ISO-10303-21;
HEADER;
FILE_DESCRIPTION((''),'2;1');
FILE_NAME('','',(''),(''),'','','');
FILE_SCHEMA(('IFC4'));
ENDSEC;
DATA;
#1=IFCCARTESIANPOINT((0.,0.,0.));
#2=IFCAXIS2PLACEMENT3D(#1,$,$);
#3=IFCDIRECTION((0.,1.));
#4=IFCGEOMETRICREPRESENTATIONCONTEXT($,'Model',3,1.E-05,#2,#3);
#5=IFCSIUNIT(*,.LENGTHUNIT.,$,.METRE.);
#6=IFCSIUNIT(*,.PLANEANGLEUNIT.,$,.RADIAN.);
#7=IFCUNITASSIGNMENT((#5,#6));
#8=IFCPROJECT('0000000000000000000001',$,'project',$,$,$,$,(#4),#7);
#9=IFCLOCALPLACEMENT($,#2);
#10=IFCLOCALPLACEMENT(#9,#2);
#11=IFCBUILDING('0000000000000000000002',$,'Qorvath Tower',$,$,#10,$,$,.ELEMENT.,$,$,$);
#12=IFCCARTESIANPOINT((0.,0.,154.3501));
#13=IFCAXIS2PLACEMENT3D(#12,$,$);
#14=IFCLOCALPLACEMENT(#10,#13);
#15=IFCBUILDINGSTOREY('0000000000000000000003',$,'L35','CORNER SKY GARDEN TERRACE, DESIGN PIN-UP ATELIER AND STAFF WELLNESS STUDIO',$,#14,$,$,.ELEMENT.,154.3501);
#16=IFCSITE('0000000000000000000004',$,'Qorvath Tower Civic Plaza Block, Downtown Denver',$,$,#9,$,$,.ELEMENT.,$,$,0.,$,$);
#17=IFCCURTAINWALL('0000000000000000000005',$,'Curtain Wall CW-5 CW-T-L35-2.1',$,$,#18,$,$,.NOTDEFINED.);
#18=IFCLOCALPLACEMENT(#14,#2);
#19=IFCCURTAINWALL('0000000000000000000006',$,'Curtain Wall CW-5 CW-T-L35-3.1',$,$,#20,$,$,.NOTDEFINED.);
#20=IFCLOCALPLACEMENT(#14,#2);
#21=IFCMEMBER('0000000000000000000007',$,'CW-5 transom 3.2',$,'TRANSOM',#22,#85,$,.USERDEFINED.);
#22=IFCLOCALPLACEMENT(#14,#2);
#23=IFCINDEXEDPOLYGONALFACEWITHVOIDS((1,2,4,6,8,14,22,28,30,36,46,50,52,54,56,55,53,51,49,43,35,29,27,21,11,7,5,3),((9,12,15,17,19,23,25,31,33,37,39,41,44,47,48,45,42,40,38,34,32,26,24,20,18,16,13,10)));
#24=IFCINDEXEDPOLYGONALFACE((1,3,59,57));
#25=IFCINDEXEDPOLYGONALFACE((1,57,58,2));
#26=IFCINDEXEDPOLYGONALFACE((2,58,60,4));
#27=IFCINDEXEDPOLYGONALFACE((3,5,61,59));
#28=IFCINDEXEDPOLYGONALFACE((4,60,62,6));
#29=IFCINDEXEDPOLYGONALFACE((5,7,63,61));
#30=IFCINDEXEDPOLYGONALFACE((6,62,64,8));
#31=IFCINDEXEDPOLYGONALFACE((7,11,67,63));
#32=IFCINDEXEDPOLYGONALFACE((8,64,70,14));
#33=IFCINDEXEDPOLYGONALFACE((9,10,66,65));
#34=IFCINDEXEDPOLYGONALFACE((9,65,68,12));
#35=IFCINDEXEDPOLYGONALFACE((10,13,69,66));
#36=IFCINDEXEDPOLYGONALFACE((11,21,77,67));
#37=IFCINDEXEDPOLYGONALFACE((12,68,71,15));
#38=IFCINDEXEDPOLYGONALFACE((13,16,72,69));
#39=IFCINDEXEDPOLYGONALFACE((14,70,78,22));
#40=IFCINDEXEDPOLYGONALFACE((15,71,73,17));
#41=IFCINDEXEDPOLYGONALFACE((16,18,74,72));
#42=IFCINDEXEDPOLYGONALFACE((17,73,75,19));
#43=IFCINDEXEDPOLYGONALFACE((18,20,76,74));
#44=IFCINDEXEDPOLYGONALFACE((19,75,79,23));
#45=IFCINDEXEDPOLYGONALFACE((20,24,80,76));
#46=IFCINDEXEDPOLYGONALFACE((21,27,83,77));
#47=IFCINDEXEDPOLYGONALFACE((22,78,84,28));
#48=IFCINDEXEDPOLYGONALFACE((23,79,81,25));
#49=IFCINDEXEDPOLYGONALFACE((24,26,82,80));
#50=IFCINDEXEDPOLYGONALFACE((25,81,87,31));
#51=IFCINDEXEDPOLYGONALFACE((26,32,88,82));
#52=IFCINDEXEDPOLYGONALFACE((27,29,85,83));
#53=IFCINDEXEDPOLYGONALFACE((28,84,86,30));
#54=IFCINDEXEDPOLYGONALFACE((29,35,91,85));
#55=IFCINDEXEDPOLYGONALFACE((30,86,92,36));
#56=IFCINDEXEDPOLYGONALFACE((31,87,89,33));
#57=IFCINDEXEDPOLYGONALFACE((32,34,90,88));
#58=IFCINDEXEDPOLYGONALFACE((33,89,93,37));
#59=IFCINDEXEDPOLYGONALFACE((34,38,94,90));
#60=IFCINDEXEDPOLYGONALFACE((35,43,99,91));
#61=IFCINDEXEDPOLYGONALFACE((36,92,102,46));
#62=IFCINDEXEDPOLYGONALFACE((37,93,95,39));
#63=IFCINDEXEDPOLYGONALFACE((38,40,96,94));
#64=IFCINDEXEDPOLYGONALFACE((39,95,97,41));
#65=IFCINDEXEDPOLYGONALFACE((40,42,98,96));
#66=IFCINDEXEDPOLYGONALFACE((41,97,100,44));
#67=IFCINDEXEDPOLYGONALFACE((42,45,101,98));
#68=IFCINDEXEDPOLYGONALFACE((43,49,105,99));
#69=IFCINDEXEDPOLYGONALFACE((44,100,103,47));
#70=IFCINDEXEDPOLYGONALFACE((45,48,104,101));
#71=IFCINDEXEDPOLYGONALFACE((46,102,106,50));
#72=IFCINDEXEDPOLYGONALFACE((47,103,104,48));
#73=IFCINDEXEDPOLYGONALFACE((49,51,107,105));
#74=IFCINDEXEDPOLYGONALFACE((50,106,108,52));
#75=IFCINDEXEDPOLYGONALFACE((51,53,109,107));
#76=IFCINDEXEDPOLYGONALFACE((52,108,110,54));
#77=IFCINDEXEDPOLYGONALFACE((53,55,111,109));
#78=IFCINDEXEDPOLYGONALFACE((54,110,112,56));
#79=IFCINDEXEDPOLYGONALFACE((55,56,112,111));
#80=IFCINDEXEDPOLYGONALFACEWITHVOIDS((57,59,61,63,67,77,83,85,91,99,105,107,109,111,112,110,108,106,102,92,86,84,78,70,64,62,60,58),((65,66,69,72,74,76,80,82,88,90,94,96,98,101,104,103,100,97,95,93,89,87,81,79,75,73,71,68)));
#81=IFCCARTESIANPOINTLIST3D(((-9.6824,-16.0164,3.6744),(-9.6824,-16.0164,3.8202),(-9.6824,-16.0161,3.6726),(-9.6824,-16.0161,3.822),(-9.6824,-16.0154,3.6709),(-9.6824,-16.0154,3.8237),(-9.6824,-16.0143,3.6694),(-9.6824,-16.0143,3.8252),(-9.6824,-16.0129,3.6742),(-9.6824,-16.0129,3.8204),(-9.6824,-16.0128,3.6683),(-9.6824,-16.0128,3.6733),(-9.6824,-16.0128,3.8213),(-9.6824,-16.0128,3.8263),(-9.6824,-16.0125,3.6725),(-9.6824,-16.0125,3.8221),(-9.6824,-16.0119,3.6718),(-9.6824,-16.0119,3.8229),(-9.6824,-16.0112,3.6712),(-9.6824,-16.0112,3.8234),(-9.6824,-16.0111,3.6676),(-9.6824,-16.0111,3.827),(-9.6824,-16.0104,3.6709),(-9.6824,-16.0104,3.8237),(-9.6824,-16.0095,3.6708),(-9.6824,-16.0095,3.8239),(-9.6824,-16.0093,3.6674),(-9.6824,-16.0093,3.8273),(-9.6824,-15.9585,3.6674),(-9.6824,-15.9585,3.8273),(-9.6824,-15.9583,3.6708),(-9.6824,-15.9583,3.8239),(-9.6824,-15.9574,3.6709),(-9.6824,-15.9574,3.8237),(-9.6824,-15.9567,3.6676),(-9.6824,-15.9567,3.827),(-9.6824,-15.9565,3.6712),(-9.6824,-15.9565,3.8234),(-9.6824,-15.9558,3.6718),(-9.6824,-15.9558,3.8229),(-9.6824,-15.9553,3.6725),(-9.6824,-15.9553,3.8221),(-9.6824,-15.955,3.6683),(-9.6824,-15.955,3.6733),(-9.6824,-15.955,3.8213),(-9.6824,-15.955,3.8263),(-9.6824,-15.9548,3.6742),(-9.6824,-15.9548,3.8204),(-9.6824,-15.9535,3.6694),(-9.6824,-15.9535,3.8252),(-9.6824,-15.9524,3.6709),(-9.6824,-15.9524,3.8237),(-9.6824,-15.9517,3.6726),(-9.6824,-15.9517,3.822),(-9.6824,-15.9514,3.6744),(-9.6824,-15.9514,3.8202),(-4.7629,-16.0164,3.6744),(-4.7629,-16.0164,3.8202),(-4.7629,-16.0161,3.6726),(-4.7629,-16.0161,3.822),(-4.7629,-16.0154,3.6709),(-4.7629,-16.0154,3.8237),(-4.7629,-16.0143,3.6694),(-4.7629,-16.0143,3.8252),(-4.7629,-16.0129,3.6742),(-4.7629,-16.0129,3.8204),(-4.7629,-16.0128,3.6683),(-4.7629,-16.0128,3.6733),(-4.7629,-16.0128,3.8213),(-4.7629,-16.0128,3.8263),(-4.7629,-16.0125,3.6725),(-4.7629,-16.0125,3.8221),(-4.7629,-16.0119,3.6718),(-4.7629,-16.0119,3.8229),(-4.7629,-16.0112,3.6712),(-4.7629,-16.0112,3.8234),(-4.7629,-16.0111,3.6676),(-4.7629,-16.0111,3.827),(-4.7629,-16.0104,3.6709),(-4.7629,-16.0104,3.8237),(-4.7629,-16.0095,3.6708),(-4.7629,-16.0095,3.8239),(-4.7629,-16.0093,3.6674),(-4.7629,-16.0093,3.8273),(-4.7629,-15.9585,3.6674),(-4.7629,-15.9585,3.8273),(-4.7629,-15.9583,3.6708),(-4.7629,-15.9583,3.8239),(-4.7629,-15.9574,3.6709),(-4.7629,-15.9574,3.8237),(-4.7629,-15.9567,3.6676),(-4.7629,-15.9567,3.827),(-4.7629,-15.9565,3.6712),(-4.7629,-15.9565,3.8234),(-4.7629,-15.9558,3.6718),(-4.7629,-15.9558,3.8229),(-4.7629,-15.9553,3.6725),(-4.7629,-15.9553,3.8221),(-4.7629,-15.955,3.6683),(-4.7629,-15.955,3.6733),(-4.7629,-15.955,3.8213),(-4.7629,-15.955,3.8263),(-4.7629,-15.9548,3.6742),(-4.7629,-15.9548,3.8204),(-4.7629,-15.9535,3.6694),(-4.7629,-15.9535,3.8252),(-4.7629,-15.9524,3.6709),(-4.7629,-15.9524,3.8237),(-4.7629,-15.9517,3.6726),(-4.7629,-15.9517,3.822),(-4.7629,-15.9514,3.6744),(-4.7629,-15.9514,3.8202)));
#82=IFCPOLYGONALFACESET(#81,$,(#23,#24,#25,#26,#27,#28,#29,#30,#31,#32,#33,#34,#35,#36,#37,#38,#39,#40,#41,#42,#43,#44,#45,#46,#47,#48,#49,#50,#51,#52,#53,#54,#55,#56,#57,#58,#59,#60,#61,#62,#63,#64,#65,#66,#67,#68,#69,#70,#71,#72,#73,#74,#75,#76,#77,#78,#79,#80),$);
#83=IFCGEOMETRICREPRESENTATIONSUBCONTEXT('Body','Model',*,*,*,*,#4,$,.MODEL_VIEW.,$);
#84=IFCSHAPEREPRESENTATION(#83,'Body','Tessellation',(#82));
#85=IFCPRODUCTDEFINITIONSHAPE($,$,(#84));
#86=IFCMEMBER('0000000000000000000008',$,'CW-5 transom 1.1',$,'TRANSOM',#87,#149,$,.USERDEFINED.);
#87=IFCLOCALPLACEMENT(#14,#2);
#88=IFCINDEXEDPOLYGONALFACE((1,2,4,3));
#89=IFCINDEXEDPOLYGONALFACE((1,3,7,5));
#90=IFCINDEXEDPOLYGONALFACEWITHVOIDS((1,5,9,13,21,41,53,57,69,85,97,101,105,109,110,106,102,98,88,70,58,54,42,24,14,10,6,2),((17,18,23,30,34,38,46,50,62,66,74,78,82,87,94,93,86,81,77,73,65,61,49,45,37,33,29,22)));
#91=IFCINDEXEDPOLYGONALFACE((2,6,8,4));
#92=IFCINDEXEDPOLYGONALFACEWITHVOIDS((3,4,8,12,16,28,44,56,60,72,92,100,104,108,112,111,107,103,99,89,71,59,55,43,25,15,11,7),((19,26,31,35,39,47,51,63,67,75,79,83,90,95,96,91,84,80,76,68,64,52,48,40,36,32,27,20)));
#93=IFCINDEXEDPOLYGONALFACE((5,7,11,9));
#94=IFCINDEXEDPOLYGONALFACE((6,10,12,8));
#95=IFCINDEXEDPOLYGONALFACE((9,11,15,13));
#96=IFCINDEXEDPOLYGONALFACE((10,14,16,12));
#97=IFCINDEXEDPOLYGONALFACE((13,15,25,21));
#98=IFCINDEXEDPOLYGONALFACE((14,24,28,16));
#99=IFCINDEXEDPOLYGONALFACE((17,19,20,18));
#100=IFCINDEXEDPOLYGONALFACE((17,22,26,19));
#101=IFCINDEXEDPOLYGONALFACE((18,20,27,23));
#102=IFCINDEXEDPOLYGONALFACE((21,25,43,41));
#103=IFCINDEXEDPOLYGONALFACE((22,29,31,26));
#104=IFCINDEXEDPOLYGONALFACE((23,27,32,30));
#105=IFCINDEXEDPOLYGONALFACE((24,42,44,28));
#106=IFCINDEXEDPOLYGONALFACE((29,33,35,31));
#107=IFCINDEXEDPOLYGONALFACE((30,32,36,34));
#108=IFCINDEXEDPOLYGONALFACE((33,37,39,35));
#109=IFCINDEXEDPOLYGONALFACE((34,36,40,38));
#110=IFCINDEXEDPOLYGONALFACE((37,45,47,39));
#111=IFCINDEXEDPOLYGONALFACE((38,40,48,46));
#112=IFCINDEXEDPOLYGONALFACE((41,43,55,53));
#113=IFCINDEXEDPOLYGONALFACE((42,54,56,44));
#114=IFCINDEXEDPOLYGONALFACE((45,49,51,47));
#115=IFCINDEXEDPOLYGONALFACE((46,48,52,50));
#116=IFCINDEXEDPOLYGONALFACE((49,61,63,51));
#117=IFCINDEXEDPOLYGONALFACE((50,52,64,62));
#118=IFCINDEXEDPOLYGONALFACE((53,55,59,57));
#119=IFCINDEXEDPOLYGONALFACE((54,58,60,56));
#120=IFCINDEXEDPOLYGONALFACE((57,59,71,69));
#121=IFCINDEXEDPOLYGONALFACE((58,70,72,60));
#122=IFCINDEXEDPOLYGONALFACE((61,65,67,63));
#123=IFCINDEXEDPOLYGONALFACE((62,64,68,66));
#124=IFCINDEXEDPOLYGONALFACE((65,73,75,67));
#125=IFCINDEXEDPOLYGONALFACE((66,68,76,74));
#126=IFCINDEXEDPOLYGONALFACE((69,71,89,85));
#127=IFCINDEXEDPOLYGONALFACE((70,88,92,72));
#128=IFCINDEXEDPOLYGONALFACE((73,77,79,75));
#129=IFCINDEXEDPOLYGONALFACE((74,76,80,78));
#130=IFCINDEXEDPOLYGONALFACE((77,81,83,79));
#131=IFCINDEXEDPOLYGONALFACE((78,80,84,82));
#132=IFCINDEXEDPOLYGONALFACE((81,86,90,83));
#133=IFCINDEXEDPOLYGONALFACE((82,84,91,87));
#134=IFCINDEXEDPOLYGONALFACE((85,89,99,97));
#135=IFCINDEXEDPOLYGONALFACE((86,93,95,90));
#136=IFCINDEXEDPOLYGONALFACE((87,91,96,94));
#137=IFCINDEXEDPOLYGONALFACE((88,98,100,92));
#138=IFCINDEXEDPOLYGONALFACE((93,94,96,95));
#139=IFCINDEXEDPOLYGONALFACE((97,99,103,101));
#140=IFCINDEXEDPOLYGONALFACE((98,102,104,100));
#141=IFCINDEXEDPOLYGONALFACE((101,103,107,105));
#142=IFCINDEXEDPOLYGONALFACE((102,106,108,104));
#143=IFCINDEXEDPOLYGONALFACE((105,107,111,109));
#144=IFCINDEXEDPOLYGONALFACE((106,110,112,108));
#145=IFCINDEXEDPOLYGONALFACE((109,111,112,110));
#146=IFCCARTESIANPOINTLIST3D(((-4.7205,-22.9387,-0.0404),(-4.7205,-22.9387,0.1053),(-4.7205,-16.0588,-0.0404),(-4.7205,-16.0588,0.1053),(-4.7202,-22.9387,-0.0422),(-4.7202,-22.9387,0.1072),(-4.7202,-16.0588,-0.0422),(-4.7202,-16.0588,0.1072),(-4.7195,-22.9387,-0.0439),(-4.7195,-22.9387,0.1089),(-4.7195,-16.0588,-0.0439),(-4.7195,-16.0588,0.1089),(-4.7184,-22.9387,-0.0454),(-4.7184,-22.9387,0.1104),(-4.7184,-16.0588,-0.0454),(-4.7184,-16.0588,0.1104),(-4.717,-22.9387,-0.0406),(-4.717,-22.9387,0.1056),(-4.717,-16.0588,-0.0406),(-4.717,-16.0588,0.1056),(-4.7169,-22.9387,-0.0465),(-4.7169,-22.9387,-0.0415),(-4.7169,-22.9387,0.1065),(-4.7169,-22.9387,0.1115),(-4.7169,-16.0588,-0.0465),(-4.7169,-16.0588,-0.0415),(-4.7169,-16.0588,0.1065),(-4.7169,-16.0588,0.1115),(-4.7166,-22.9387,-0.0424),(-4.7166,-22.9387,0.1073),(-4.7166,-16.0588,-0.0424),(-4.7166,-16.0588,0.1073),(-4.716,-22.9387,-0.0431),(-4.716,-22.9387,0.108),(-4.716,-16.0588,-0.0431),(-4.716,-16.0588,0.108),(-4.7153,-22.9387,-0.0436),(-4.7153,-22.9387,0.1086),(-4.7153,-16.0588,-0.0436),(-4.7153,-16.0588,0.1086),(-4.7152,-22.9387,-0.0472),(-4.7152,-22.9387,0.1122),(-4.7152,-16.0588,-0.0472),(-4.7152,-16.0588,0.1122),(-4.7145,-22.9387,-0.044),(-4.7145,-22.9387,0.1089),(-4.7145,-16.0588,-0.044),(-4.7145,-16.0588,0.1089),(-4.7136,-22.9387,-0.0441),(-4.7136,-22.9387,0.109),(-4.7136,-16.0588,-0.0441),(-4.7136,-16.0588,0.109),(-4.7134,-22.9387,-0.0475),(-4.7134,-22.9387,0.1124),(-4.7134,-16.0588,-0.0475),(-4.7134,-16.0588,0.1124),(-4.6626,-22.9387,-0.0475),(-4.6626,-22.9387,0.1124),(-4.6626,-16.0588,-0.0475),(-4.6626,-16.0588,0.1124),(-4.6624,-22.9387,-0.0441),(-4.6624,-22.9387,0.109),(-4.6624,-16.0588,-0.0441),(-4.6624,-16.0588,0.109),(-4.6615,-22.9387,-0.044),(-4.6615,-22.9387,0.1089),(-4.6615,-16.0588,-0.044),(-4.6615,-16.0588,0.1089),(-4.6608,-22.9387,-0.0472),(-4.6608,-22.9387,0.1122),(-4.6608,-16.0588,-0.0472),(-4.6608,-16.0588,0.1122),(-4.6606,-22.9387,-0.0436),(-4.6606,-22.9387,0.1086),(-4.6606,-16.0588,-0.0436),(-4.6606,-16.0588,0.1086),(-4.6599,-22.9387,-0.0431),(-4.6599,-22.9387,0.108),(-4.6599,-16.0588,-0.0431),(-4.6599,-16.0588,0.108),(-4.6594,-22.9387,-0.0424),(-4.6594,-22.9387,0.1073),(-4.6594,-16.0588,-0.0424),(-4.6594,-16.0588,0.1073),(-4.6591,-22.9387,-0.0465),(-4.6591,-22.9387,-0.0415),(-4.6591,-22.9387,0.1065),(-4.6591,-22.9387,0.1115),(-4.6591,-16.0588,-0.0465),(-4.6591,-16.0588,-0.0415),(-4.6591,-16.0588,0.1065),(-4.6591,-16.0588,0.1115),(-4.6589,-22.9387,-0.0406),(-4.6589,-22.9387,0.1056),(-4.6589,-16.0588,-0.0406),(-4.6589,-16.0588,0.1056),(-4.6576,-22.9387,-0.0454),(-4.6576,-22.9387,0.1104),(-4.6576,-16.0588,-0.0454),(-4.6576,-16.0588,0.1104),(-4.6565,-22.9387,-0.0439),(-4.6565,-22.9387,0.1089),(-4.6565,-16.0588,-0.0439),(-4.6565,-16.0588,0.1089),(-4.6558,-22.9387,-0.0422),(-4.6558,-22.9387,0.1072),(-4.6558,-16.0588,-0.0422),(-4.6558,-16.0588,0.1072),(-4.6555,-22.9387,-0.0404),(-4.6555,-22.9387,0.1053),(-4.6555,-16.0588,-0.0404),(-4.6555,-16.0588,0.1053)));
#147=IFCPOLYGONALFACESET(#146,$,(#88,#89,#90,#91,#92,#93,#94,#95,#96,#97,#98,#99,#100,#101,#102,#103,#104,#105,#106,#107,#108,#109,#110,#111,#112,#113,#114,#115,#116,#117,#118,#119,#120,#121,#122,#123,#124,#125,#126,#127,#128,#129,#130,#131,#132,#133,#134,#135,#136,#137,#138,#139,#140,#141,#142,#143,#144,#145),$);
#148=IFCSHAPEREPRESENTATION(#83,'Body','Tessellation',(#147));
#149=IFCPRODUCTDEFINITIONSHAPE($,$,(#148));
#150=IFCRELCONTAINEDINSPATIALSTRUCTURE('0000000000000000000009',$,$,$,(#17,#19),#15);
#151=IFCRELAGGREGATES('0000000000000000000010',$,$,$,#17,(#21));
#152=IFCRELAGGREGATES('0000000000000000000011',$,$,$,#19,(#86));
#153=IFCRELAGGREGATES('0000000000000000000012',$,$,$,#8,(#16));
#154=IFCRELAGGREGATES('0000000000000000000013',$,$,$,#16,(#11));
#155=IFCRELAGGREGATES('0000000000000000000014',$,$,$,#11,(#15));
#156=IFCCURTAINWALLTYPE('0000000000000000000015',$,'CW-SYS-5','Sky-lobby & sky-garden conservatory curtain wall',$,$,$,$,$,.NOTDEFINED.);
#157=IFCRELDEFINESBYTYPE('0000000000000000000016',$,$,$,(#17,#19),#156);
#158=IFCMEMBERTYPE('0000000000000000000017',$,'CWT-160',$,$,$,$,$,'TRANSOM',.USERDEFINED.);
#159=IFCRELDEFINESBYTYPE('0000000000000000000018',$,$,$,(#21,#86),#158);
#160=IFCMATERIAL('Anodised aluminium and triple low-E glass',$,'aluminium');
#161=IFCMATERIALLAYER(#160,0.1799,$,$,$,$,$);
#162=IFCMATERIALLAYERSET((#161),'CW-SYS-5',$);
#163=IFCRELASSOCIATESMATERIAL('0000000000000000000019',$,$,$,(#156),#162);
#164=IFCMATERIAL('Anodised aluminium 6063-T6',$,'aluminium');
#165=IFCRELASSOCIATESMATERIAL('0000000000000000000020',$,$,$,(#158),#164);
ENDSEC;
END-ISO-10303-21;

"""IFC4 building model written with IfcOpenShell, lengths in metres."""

from ifc_helpers import new_model, si_unit, direction, frame, origin, origin_2d, place, context, subcontext, project, spatial, hollow_rectangle, extrude, material, layer, layer_set, material_profile, profile_set, type_object, element, aggregate, save


model = new_model("IFC4")

# Units and contexts
model_context = context("Model", 3, precision=1e-05, world=origin(), true_north=direction((0.0, 1.0)))
body_context = subcontext(model_context, "Body", "Model", "MODEL_VIEW")
ifc_project = project(units=[si_unit("LENGTHUNIT", "METRE"), si_unit("PLANEANGLEUNIT", "RADIAN")], contexts=[model_context])

# Site, building, storey
site_placement = place(None, origin())
site = spatial("IfcSite", under=ifc_project, at=site_placement, Name="Qorvath Tower Civic Plaza Block, Downtown Denver", CompositionType="ELEMENT", RefElevation=0.0)
building_placement = place(site_placement, origin())
building = spatial("IfcBuilding", under=site, at=building_placement, Name="Qorvath Tower", CompositionType="ELEMENT")
storey_placement = place(building_placement, frame((0.0, 0.0, 154.3501)))
storey = spatial("IfcBuildingStorey", under=building, at=storey_placement, Name="L35", Description="CORNER SKY GARDEN TERRACE, DESIGN PIN-UP ATELIER AND STAFF WELLNESS STUDIO", CompositionType="ELEMENT", Elevation=154.3501)

# Curtain walls
ifc_material_1 = material(Name="Anodised aluminium and triple low-E glass", Category="aluminium")
ifc_layer_1 = layer(ifc_material_1, 0.1799)
ifc_layer_set_1 = layer_set([ifc_layer_1], Name="CW-SYS-5")
curtain_wall_type = type_object("IfcCurtainWallType", Name="CW-SYS-5", Description="Sky-lobby & sky-garden conservatory curtain wall", PredefinedType="NOTDEFINED", material=ifc_layer_set_1)
curtain_wall_1_placement = place(storey_placement, origin())
curtain_wall_1 = element("IfcCurtainWall", 1, at=curtain_wall_1_placement, inside=storey, type_object=curtain_wall_type, Name="Curtain Wall CW-5 CW-T-L35-2.1", PredefinedType="NOTDEFINED")
curtain_wall_2_placement = place(storey_placement, origin())
curtain_wall_2 = element("IfcCurtainWall", 2, at=curtain_wall_2_placement, inside=storey, type_object=curtain_wall_type, Name="Curtain Wall CW-5 CW-T-L35-3.1", PredefinedType="NOTDEFINED")

# Members
ifc_material_2 = material(Name="Anodised aluminium 6063-T6", Category="aluminium")
ifc_material_profile_1 = material_profile(ifc_material_2, hollow_rectangle(XDim=0.0649, YDim=0.1599, WallThickness=0.0034, InnerFilletRadius=0.0034, OuterFilletRadius=0.0071, at=origin_2d()), Name="CWT 160x65")
ifc_profile_set_1 = profile_set([ifc_material_profile_1], Name="Anodised aluminium 6063-T6")
member_type_1 = type_object("IfcMemberType", Name="CWT-160", ElementType="TRANSOM", PredefinedType="USERDEFINED", material=ifc_profile_set_1)
member_1_placement = place(storey_placement, frame((-9.6824, -15.9839, 3.7473), z_axis=(1.0, 0.0, 0.0), x_axis=(0.0, 1.0, 0.0)))
member_1 = element("IfcMember", 3, at=member_1_placement, type_object=member_type_1, Name="CW-5 transom 3.2", ObjectType="TRANSOM", PredefinedType="USERDEFINED", context=body_context, shape_type="SweptSolid", body=[
    extrude(hollow_rectangle(XDim=0.0649, YDim=0.1599, WallThickness=0.0034, InnerFilletRadius=0.0034, OuterFilletRadius=0.0071, at=origin_2d()), origin(), (0.0, 0.0, 1.0), 4.9194),
])
member_2_placement = place(storey_placement, frame((-4.688, -16.0588, 0.0325), z_axis=(0.0, -1.0, 0.0), x_axis=(1.0, 0.0, 0.0)))
member_2 = element("IfcMember", 4, at=member_2_placement, type_object=member_type_1, Name="CW-5 transom 1.1", ObjectType="TRANSOM", PredefinedType="USERDEFINED", context=body_context, shape_type="SweptSolid", body=[
    extrude(hollow_rectangle(XDim=0.0649, YDim=0.1599, WallThickness=0.0034, InnerFilletRadius=0.0034, OuterFilletRadius=0.0071, at=origin_2d()), origin(), (0.0, 0.0, 1.0), 6.8799),
])

aggregate(curtain_wall_1, [member_1])
aggregate(curtain_wall_2, [member_2])

save(model, "model.ifc")
